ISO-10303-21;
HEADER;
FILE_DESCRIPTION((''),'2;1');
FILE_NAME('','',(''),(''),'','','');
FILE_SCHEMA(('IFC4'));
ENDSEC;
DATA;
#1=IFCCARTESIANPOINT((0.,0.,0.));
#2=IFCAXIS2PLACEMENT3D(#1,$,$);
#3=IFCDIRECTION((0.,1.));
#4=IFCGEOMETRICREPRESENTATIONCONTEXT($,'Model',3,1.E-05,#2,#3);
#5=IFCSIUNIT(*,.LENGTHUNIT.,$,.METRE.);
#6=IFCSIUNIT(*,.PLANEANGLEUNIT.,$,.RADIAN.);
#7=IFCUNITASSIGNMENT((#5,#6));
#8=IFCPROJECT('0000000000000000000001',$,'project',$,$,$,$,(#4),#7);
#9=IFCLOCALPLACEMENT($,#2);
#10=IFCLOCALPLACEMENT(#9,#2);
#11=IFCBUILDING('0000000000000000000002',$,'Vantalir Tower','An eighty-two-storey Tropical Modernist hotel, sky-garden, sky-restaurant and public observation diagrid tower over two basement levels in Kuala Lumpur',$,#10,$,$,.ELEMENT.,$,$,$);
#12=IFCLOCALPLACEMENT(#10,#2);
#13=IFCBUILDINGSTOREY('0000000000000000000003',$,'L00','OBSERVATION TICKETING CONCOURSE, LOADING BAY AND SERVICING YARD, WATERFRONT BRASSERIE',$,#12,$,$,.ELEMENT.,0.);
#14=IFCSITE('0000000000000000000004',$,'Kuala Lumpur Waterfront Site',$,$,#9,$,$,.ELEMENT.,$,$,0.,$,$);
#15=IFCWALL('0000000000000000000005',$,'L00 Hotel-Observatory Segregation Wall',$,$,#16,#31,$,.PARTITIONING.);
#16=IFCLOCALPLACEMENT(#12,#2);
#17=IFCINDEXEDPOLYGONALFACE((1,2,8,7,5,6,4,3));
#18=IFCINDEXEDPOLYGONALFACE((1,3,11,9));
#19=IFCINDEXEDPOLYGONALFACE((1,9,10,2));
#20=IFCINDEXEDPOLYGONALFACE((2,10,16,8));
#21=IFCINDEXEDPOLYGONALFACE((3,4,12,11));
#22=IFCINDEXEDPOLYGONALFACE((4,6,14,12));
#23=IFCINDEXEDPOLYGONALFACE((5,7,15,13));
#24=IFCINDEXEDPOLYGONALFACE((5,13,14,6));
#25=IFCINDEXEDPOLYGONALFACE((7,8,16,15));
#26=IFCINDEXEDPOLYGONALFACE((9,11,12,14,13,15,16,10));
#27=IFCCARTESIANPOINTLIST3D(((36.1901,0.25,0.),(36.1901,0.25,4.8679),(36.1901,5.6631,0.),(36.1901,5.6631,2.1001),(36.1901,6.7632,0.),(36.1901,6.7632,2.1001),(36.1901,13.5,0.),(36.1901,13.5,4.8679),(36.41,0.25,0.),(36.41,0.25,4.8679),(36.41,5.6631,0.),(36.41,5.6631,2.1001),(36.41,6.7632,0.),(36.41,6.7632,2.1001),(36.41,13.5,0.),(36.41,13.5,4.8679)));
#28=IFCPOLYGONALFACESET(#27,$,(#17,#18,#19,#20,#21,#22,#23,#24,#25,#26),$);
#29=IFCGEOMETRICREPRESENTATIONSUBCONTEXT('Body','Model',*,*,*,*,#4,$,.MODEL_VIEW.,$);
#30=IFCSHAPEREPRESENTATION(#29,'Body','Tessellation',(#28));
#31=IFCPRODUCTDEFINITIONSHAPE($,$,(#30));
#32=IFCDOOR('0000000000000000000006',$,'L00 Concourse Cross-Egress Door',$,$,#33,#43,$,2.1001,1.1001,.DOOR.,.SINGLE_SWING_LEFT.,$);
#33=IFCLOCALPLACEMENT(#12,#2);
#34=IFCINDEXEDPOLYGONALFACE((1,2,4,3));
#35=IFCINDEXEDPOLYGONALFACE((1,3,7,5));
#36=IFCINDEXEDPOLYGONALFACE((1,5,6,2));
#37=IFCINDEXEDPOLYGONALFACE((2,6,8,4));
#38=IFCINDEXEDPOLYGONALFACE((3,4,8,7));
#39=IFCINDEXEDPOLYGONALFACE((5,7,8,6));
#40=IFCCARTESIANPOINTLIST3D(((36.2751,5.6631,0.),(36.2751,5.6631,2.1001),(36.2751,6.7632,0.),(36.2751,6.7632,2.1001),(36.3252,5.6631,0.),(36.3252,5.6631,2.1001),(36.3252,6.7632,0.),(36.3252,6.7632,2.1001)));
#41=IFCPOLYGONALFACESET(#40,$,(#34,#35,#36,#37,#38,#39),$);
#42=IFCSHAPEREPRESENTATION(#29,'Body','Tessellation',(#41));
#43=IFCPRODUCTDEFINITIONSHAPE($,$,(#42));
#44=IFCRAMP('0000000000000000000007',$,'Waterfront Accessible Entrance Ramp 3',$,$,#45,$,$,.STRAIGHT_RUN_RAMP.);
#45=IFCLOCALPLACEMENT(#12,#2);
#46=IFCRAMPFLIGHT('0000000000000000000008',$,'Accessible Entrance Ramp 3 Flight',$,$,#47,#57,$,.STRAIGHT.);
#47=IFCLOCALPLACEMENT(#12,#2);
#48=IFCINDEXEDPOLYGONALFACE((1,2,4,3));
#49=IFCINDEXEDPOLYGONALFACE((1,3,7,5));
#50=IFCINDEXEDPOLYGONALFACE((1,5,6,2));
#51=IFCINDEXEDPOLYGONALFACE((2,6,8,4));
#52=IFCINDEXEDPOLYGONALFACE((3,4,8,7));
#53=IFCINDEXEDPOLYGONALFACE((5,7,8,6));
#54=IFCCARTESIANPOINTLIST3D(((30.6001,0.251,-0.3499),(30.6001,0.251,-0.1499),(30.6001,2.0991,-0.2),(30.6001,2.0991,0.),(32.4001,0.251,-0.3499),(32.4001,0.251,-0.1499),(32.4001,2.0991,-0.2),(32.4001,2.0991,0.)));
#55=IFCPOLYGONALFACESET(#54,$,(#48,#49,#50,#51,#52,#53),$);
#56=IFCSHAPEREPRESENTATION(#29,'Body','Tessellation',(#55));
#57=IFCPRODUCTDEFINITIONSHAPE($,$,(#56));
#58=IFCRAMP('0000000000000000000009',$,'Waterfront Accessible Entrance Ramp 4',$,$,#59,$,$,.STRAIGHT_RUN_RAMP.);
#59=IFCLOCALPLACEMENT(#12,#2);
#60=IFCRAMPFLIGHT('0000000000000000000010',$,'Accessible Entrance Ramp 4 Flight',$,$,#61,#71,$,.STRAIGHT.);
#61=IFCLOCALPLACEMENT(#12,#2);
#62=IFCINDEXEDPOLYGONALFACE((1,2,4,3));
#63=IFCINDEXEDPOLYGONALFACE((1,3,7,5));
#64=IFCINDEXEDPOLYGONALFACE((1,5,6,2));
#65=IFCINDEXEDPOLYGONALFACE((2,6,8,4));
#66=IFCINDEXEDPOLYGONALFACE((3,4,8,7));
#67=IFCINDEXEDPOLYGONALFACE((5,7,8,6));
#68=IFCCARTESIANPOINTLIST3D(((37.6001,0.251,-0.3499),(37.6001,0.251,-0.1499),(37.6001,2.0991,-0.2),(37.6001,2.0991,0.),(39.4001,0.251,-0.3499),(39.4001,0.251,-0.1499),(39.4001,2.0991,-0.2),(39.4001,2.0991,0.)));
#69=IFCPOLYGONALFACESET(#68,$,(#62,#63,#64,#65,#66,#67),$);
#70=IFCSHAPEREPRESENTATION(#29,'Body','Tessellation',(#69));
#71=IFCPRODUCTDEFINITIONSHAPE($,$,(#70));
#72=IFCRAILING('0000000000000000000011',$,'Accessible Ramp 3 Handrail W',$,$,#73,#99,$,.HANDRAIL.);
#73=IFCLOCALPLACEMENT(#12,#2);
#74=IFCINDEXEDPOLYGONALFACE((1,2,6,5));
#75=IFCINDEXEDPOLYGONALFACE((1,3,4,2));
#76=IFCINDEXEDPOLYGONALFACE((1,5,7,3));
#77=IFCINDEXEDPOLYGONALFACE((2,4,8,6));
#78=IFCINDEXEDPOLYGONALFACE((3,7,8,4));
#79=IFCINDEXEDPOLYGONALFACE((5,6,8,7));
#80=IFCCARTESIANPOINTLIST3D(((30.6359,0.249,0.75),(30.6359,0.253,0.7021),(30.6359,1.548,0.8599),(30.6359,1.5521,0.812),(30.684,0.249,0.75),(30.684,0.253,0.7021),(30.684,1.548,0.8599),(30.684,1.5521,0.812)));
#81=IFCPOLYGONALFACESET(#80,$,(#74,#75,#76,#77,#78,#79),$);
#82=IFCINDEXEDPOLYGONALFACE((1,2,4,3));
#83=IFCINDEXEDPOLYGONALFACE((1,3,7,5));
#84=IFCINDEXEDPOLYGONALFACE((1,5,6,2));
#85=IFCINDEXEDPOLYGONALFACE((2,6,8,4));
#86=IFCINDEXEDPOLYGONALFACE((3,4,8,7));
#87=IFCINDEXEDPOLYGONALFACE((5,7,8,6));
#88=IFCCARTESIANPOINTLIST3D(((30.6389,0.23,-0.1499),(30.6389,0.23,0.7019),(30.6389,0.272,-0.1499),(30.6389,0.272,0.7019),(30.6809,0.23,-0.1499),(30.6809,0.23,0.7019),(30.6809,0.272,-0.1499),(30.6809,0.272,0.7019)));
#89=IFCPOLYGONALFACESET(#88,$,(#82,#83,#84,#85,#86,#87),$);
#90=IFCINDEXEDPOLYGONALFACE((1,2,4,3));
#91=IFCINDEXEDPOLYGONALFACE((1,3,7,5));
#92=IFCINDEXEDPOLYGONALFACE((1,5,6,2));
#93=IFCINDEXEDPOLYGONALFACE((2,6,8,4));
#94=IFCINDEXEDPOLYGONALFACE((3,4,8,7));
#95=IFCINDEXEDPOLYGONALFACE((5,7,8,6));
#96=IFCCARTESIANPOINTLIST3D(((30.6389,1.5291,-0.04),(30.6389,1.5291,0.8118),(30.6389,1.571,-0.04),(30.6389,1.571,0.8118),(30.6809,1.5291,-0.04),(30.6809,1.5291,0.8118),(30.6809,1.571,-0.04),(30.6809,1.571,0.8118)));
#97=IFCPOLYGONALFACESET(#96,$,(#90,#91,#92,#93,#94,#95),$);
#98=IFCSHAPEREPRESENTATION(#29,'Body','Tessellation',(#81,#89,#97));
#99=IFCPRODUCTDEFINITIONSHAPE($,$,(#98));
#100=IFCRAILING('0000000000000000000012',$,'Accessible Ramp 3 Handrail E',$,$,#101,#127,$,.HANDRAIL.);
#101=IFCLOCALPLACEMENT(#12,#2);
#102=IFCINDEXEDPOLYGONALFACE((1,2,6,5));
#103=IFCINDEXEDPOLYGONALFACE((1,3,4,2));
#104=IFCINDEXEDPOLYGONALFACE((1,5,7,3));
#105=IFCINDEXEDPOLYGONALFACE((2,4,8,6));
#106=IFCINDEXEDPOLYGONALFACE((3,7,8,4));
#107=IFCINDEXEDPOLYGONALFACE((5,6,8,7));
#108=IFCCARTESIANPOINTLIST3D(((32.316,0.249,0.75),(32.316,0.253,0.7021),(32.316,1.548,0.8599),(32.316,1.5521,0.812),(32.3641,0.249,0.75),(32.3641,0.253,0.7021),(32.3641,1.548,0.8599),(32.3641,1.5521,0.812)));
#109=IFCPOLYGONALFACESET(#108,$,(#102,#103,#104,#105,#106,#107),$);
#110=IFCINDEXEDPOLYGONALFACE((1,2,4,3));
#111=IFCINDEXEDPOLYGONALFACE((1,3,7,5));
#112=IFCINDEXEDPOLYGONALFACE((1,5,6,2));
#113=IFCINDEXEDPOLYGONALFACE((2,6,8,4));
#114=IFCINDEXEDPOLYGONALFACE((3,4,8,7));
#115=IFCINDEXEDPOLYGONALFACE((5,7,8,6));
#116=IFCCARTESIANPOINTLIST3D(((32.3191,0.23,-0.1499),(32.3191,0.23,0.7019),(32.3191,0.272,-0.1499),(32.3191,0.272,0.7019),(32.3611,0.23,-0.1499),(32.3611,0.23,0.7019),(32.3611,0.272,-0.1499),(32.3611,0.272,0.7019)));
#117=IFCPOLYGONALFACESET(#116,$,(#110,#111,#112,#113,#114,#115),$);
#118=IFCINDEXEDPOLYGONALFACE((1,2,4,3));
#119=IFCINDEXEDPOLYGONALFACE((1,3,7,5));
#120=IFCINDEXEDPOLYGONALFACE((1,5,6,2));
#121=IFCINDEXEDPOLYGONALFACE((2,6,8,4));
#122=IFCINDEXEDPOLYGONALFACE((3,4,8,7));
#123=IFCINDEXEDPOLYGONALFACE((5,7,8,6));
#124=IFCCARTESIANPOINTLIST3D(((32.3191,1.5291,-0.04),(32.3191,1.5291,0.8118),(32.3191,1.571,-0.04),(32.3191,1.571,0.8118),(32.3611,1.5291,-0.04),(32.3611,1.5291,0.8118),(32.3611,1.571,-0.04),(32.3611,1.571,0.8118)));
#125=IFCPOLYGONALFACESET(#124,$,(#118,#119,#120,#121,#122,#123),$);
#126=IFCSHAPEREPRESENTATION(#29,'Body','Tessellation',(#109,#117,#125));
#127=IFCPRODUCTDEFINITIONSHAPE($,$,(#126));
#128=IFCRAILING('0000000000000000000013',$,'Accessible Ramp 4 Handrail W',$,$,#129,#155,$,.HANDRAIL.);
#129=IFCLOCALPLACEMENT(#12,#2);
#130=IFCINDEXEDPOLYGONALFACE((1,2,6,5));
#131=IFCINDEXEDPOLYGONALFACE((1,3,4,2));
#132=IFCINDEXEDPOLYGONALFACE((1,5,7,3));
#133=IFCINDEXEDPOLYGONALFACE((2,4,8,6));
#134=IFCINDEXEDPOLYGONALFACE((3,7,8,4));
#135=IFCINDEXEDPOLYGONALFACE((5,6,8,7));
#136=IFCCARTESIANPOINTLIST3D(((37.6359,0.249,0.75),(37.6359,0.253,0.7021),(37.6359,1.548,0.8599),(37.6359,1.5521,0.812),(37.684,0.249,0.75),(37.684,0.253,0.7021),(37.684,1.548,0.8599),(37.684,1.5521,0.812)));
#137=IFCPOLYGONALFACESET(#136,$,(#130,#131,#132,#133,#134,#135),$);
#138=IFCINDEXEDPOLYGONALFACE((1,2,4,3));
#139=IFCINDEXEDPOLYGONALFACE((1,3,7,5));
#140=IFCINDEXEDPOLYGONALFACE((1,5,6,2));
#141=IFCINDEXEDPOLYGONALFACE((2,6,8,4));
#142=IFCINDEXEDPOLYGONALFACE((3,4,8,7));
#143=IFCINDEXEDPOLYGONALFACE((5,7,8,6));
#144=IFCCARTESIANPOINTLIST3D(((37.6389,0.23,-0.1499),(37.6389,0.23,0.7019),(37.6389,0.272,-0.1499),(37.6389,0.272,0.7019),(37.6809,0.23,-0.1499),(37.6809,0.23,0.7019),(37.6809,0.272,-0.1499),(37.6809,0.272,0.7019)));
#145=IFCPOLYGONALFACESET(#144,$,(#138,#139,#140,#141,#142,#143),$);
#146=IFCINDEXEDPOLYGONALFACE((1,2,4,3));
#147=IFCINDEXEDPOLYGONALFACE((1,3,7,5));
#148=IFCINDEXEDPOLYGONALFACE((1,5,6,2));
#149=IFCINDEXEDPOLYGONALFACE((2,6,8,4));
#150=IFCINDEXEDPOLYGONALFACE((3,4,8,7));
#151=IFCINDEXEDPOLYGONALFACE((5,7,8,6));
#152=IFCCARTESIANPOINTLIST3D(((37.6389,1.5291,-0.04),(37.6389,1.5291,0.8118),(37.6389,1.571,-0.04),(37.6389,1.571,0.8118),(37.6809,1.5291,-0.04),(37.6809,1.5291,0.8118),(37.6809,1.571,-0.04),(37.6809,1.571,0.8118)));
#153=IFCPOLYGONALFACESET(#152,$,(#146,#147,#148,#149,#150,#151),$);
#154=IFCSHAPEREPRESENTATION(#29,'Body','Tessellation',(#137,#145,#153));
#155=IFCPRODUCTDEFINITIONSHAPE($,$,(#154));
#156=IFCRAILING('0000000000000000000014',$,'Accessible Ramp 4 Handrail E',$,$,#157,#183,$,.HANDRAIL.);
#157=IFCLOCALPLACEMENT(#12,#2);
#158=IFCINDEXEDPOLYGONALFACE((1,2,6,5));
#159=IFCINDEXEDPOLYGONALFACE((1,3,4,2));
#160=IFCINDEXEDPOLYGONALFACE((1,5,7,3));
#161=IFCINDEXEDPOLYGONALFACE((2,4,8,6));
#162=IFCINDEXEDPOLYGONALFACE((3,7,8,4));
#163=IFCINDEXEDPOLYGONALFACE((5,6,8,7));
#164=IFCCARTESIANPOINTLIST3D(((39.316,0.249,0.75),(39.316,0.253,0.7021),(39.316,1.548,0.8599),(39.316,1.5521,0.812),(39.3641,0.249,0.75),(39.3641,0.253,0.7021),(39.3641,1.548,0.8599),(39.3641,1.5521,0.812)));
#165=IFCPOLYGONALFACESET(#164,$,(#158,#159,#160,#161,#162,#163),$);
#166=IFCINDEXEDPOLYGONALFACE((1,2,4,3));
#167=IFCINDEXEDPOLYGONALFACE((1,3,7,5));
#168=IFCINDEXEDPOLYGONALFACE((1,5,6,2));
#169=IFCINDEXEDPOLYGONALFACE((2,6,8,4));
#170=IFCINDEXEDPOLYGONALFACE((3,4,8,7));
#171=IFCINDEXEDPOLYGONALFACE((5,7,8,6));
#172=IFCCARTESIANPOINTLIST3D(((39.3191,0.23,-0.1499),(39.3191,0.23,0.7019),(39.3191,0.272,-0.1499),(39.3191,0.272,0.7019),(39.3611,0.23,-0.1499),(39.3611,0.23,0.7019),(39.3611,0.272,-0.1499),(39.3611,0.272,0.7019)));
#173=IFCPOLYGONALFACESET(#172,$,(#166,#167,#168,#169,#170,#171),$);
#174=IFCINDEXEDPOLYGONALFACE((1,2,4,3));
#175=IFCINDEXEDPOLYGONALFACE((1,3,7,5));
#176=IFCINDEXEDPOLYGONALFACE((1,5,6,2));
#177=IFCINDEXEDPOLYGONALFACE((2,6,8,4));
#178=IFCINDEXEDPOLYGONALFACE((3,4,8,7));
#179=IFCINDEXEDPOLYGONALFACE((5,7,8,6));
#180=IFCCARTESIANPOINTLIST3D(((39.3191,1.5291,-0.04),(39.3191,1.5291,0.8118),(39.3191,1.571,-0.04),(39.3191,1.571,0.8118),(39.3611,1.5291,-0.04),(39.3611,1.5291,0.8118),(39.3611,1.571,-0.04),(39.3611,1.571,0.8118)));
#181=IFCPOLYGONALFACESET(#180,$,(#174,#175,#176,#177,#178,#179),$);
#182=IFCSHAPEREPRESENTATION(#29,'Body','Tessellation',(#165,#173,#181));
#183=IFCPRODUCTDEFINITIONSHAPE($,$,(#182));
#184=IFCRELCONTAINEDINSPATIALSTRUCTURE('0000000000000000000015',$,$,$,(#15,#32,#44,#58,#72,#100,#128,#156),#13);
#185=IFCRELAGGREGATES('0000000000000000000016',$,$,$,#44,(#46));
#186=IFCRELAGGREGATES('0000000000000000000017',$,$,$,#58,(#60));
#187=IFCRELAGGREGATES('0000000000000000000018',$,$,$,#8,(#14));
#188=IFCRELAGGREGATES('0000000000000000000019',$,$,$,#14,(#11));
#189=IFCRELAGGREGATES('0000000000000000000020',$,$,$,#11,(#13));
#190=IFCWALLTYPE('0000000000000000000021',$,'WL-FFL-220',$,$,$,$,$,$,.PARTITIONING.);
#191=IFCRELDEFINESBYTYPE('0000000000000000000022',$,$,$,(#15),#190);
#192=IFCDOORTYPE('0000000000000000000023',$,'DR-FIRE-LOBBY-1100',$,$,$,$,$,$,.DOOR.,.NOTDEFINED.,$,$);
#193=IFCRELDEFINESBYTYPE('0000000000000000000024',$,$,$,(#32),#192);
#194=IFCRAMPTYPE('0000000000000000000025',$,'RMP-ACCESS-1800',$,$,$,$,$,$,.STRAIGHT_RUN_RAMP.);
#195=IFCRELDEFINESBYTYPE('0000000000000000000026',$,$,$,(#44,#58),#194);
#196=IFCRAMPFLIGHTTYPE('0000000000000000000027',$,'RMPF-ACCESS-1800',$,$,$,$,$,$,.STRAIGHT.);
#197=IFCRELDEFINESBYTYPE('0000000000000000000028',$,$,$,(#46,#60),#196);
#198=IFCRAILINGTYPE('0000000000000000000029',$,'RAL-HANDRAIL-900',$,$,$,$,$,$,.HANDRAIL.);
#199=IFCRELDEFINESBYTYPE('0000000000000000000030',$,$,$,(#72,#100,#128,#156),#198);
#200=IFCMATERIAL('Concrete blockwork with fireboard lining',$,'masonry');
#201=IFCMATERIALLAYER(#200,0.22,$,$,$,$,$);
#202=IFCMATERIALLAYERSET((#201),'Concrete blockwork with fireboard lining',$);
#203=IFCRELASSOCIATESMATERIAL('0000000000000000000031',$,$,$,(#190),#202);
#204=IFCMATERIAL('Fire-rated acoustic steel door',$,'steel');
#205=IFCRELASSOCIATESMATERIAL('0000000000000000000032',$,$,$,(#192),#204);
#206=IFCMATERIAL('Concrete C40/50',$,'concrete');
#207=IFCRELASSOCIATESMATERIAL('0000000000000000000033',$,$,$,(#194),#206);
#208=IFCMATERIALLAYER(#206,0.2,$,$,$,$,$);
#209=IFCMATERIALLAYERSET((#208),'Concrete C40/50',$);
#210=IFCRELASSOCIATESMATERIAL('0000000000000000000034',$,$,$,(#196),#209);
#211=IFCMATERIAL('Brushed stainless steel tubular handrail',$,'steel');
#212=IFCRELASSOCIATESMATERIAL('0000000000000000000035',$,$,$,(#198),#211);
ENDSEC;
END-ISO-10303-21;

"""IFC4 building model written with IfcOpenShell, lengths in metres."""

from ifc_helpers import new_model, si_unit, direction, frame, frame_2d, origin, origin_2d, place, context, subcontext, project, spatial, polyline, rectangle, outline, extrude, material, layer, layer_set, type_object, element, fill, aggregate, save


model = new_model("IFC4")

# Units and contexts
model_context = context("Model", 3, precision=1e-05, world=origin(), true_north=direction((0.0, 1.0)))
body_context = subcontext(model_context, "Body", "Model", "MODEL_VIEW")
ifc_project = project(units=[si_unit("LENGTHUNIT", "METRE"), si_unit("PLANEANGLEUNIT", "RADIAN")], contexts=[model_context])

# Site, building, storey
site_placement = place(None, origin())
site = spatial("IfcSite", under=ifc_project, at=site_placement, Name="Kuala Lumpur Waterfront Site", CompositionType="ELEMENT", RefElevation=0.0)
building_placement = place(site_placement, origin())
building = spatial("IfcBuilding", under=site, at=building_placement, Name="Vantalir Tower", Description="An eighty-two-storey Tropical Modernist hotel, sky-garden, sky-restaurant and public observation diagrid tower over two basement levels in Kuala Lumpur", CompositionType="ELEMENT")
storey_placement = place(building_placement, origin())
storey = spatial("IfcBuildingStorey", under=building, at=storey_placement, Name="L00", Description="OBSERVATION TICKETING CONCOURSE, LOADING BAY AND SERVICING YARD, WATERFRONT BRASSERIE", CompositionType="ELEMENT", Elevation=0.0)

# Wall, opening, door
ifc_material_1 = material(Name="Concrete blockwork with fireboard lining", Category="masonry")
ifc_layer_1 = layer(ifc_material_1, 0.22)
ifc_layer_set_1 = layer_set([ifc_layer_1], Name="Concrete blockwork with fireboard lining")
wall_type = type_object("IfcWallType", Name="WL-FFL-220", PredefinedType="PARTITIONING", material=ifc_layer_set_1)
wall_placement = place(storey_placement, frame((36.3, 0.25, 0.0), z_axis=(0.0, 0.0, 1.0), x_axis=(0.0, 1.0, 0.0)))
wall = element("IfcWall", 1, at=wall_placement, inside=storey, type_object=wall_type, Name="L00 Hotel-Observatory Segregation Wall", PredefinedType="PARTITIONING", context=body_context, shape_type="SweptSolid", body=[
    extrude(rectangle(XDim=13.25, YDim=0.22, at=frame_2d((6.625, 0.0))), origin(), (0.0, 0.0, 1.0), 4.8679),
])
opening_placement = place(wall_placement, frame((5.4131, 0.0, 0.0)))
opening = element("IfcOpeningElement", 2, at=opening_placement, cuts=wall, PredefinedType="OPENING", context=body_context, shape_type="SweptSolid", body=[
    extrude(rectangle(XDim=1.1001, YDim=2.1001, at=frame_2d((0.55, 1.05))), frame((0.0, 0.1199, 0.0), z_axis=(0.0, -1.0, 0.0), x_axis=(1.0, 0.0, 0.0)), (0.0, 0.0, 1.0), 0.24),
])
ifc_material_2 = material(Name="Fire-rated acoustic steel door", Category="steel")
door_type = type_object("IfcDoorType", Name="DR-FIRE-LOBBY-1100", OperationType="NOTDEFINED", PredefinedType="DOOR", material=ifc_material_2)
door_placement = place(opening_placement, origin())
door = element("IfcDoor", 3, at=door_placement, inside=storey, type_object=door_type, Name="L00 Concourse Cross-Egress Door", OperationType="SINGLE_SWING_LEFT", OverallHeight=2.1001, OverallWidth=1.1001, PredefinedType="DOOR", context=body_context, shape_type="SweptSolid", body=[
    extrude(rectangle(XDim=1.1001, YDim=2.1001, at=frame_2d((0.55, 1.05))), frame((0.0, 0.0249, 0.0), z_axis=(0.0, -1.0, 0.0), x_axis=(1.0, 0.0, 0.0)), (0.0, 0.0, 1.0), 0.05),
])
fill(opening, door)

# Ramps, ramp flights
ifc_material_3 = material(Name="Concrete C40/50", Category="concrete")
ramp_type = type_object("IfcRampType", Name="RMP-ACCESS-1800", PredefinedType="STRAIGHT_RUN_RAMP", material=ifc_material_3)
ramp_1_placement = place(storey_placement, origin())
ramp_1 = element("IfcRamp", 4, at=ramp_1_placement, inside=storey, type_object=ramp_type, Name="Waterfront Accessible Entrance Ramp 3", PredefinedType="STRAIGHT_RUN_RAMP")
ifc_layer_2 = layer(ifc_material_3, 0.2)
ifc_layer_set_2 = layer_set([ifc_layer_2], Name="Concrete C40/50")
ramp_flight_type = type_object("IfcRampFlightType", Name="RMPF-ACCESS-1800", PredefinedType="STRAIGHT", material=ifc_layer_set_2)
ramp_flight_1_placement = place(storey_placement, frame((31.5, 0.251, -0.1499), z_axis=(0.0, 0.0, 1.0), x_axis=(0.0, 1.0, 0.0)))
ramp_flight_1 = element("IfcRampFlight", 5, at=ramp_flight_1_placement, type_object=ramp_flight_type, Name="Accessible Entrance Ramp 3 Flight", PredefinedType="STRAIGHT", context=body_context, shape_type="SweptSolid", body=[
    extrude(outline(polyline([(0.0, -0.2), (0.0, 0.0), (1.8481, 0.1499), (1.8481, -0.05), (0.0, -0.2)])), frame((0.0, 0.8999, 0.0), z_axis=(0.0, -1.0, 0.0), x_axis=(1.0, 0.0, 0.0)), (0.0, 0.0, 1.0), 1.8),
])
aggregate(ramp_1, [ramp_flight_1])
ramp_2_placement = place(storey_placement, origin())
ramp_2 = element("IfcRamp", 6, at=ramp_2_placement, inside=storey, type_object=ramp_type, Name="Waterfront Accessible Entrance Ramp 4", PredefinedType="STRAIGHT_RUN_RAMP")
ramp_flight_2_placement = place(storey_placement, frame((38.5, 0.251, -0.1499), z_axis=(0.0, 0.0, 1.0), x_axis=(0.0, 1.0, 0.0)))
ramp_flight_2 = element("IfcRampFlight", 7, at=ramp_flight_2_placement, type_object=ramp_flight_type, Name="Accessible Entrance Ramp 4 Flight", PredefinedType="STRAIGHT", context=body_context, shape_type="SweptSolid", body=[
    extrude(outline(polyline([(0.0, -0.2), (0.0, 0.0), (1.8481, 0.1499), (1.8481, -0.05), (0.0, -0.2)])), frame((0.0, 0.8999, 0.0), z_axis=(0.0, -1.0, 0.0), x_axis=(1.0, 0.0, 0.0)), (0.0, 0.0, 1.0), 1.8),
])
aggregate(ramp_2, [ramp_flight_2])

# Railings
ifc_material_4 = material(Name="Brushed stainless steel tubular handrail", Category="steel")
railing_type = type_object("IfcRailingType", Name="RAL-HANDRAIL-900", PredefinedType="HANDRAIL", material=ifc_material_4)
for number, where, name in (
    (8, (30.6599, 0.251, -0.1499), "Accessible Ramp 3 Handrail W"),
    (9, (32.3401, 0.251, -0.1499), "Accessible Ramp 3 Handrail E"),
    (10, (37.6599, 0.251, -0.1499), "Accessible Ramp 4 Handrail W"),
    (11, (39.3401, 0.251, -0.1499), "Accessible Ramp 4 Handrail E"),
):
    element("IfcRailing", number, at=place(storey_placement, frame(where)), inside=storey, type_object=railing_type, Name=name, PredefinedType="HANDRAIL", context=body_context, shape_type="SweptSolid", body=[
        extrude(rectangle(XDim=0.0481, YDim=0.0481, at=origin_2d()), frame((0.0, 0.0, 0.876), z_axis=(0.0, 0.996443, 0.08427), x_axis=(-1.0, 0.0, 0.0)), (0.0, 0.0, 1.0), 1.3037),
        extrude(rectangle(XDim=0.042, YDim=0.042, at=origin_2d()), origin(), (0.0, 0.0, 1.0), 0.8518),
        extrude(rectangle(XDim=0.042, YDim=0.042, at=origin_2d()), frame((0.0, 1.2991, 0.1099)), (0.0, 0.0, 1.0), 0.8518),
    ])

save(model, "model.ifc")
